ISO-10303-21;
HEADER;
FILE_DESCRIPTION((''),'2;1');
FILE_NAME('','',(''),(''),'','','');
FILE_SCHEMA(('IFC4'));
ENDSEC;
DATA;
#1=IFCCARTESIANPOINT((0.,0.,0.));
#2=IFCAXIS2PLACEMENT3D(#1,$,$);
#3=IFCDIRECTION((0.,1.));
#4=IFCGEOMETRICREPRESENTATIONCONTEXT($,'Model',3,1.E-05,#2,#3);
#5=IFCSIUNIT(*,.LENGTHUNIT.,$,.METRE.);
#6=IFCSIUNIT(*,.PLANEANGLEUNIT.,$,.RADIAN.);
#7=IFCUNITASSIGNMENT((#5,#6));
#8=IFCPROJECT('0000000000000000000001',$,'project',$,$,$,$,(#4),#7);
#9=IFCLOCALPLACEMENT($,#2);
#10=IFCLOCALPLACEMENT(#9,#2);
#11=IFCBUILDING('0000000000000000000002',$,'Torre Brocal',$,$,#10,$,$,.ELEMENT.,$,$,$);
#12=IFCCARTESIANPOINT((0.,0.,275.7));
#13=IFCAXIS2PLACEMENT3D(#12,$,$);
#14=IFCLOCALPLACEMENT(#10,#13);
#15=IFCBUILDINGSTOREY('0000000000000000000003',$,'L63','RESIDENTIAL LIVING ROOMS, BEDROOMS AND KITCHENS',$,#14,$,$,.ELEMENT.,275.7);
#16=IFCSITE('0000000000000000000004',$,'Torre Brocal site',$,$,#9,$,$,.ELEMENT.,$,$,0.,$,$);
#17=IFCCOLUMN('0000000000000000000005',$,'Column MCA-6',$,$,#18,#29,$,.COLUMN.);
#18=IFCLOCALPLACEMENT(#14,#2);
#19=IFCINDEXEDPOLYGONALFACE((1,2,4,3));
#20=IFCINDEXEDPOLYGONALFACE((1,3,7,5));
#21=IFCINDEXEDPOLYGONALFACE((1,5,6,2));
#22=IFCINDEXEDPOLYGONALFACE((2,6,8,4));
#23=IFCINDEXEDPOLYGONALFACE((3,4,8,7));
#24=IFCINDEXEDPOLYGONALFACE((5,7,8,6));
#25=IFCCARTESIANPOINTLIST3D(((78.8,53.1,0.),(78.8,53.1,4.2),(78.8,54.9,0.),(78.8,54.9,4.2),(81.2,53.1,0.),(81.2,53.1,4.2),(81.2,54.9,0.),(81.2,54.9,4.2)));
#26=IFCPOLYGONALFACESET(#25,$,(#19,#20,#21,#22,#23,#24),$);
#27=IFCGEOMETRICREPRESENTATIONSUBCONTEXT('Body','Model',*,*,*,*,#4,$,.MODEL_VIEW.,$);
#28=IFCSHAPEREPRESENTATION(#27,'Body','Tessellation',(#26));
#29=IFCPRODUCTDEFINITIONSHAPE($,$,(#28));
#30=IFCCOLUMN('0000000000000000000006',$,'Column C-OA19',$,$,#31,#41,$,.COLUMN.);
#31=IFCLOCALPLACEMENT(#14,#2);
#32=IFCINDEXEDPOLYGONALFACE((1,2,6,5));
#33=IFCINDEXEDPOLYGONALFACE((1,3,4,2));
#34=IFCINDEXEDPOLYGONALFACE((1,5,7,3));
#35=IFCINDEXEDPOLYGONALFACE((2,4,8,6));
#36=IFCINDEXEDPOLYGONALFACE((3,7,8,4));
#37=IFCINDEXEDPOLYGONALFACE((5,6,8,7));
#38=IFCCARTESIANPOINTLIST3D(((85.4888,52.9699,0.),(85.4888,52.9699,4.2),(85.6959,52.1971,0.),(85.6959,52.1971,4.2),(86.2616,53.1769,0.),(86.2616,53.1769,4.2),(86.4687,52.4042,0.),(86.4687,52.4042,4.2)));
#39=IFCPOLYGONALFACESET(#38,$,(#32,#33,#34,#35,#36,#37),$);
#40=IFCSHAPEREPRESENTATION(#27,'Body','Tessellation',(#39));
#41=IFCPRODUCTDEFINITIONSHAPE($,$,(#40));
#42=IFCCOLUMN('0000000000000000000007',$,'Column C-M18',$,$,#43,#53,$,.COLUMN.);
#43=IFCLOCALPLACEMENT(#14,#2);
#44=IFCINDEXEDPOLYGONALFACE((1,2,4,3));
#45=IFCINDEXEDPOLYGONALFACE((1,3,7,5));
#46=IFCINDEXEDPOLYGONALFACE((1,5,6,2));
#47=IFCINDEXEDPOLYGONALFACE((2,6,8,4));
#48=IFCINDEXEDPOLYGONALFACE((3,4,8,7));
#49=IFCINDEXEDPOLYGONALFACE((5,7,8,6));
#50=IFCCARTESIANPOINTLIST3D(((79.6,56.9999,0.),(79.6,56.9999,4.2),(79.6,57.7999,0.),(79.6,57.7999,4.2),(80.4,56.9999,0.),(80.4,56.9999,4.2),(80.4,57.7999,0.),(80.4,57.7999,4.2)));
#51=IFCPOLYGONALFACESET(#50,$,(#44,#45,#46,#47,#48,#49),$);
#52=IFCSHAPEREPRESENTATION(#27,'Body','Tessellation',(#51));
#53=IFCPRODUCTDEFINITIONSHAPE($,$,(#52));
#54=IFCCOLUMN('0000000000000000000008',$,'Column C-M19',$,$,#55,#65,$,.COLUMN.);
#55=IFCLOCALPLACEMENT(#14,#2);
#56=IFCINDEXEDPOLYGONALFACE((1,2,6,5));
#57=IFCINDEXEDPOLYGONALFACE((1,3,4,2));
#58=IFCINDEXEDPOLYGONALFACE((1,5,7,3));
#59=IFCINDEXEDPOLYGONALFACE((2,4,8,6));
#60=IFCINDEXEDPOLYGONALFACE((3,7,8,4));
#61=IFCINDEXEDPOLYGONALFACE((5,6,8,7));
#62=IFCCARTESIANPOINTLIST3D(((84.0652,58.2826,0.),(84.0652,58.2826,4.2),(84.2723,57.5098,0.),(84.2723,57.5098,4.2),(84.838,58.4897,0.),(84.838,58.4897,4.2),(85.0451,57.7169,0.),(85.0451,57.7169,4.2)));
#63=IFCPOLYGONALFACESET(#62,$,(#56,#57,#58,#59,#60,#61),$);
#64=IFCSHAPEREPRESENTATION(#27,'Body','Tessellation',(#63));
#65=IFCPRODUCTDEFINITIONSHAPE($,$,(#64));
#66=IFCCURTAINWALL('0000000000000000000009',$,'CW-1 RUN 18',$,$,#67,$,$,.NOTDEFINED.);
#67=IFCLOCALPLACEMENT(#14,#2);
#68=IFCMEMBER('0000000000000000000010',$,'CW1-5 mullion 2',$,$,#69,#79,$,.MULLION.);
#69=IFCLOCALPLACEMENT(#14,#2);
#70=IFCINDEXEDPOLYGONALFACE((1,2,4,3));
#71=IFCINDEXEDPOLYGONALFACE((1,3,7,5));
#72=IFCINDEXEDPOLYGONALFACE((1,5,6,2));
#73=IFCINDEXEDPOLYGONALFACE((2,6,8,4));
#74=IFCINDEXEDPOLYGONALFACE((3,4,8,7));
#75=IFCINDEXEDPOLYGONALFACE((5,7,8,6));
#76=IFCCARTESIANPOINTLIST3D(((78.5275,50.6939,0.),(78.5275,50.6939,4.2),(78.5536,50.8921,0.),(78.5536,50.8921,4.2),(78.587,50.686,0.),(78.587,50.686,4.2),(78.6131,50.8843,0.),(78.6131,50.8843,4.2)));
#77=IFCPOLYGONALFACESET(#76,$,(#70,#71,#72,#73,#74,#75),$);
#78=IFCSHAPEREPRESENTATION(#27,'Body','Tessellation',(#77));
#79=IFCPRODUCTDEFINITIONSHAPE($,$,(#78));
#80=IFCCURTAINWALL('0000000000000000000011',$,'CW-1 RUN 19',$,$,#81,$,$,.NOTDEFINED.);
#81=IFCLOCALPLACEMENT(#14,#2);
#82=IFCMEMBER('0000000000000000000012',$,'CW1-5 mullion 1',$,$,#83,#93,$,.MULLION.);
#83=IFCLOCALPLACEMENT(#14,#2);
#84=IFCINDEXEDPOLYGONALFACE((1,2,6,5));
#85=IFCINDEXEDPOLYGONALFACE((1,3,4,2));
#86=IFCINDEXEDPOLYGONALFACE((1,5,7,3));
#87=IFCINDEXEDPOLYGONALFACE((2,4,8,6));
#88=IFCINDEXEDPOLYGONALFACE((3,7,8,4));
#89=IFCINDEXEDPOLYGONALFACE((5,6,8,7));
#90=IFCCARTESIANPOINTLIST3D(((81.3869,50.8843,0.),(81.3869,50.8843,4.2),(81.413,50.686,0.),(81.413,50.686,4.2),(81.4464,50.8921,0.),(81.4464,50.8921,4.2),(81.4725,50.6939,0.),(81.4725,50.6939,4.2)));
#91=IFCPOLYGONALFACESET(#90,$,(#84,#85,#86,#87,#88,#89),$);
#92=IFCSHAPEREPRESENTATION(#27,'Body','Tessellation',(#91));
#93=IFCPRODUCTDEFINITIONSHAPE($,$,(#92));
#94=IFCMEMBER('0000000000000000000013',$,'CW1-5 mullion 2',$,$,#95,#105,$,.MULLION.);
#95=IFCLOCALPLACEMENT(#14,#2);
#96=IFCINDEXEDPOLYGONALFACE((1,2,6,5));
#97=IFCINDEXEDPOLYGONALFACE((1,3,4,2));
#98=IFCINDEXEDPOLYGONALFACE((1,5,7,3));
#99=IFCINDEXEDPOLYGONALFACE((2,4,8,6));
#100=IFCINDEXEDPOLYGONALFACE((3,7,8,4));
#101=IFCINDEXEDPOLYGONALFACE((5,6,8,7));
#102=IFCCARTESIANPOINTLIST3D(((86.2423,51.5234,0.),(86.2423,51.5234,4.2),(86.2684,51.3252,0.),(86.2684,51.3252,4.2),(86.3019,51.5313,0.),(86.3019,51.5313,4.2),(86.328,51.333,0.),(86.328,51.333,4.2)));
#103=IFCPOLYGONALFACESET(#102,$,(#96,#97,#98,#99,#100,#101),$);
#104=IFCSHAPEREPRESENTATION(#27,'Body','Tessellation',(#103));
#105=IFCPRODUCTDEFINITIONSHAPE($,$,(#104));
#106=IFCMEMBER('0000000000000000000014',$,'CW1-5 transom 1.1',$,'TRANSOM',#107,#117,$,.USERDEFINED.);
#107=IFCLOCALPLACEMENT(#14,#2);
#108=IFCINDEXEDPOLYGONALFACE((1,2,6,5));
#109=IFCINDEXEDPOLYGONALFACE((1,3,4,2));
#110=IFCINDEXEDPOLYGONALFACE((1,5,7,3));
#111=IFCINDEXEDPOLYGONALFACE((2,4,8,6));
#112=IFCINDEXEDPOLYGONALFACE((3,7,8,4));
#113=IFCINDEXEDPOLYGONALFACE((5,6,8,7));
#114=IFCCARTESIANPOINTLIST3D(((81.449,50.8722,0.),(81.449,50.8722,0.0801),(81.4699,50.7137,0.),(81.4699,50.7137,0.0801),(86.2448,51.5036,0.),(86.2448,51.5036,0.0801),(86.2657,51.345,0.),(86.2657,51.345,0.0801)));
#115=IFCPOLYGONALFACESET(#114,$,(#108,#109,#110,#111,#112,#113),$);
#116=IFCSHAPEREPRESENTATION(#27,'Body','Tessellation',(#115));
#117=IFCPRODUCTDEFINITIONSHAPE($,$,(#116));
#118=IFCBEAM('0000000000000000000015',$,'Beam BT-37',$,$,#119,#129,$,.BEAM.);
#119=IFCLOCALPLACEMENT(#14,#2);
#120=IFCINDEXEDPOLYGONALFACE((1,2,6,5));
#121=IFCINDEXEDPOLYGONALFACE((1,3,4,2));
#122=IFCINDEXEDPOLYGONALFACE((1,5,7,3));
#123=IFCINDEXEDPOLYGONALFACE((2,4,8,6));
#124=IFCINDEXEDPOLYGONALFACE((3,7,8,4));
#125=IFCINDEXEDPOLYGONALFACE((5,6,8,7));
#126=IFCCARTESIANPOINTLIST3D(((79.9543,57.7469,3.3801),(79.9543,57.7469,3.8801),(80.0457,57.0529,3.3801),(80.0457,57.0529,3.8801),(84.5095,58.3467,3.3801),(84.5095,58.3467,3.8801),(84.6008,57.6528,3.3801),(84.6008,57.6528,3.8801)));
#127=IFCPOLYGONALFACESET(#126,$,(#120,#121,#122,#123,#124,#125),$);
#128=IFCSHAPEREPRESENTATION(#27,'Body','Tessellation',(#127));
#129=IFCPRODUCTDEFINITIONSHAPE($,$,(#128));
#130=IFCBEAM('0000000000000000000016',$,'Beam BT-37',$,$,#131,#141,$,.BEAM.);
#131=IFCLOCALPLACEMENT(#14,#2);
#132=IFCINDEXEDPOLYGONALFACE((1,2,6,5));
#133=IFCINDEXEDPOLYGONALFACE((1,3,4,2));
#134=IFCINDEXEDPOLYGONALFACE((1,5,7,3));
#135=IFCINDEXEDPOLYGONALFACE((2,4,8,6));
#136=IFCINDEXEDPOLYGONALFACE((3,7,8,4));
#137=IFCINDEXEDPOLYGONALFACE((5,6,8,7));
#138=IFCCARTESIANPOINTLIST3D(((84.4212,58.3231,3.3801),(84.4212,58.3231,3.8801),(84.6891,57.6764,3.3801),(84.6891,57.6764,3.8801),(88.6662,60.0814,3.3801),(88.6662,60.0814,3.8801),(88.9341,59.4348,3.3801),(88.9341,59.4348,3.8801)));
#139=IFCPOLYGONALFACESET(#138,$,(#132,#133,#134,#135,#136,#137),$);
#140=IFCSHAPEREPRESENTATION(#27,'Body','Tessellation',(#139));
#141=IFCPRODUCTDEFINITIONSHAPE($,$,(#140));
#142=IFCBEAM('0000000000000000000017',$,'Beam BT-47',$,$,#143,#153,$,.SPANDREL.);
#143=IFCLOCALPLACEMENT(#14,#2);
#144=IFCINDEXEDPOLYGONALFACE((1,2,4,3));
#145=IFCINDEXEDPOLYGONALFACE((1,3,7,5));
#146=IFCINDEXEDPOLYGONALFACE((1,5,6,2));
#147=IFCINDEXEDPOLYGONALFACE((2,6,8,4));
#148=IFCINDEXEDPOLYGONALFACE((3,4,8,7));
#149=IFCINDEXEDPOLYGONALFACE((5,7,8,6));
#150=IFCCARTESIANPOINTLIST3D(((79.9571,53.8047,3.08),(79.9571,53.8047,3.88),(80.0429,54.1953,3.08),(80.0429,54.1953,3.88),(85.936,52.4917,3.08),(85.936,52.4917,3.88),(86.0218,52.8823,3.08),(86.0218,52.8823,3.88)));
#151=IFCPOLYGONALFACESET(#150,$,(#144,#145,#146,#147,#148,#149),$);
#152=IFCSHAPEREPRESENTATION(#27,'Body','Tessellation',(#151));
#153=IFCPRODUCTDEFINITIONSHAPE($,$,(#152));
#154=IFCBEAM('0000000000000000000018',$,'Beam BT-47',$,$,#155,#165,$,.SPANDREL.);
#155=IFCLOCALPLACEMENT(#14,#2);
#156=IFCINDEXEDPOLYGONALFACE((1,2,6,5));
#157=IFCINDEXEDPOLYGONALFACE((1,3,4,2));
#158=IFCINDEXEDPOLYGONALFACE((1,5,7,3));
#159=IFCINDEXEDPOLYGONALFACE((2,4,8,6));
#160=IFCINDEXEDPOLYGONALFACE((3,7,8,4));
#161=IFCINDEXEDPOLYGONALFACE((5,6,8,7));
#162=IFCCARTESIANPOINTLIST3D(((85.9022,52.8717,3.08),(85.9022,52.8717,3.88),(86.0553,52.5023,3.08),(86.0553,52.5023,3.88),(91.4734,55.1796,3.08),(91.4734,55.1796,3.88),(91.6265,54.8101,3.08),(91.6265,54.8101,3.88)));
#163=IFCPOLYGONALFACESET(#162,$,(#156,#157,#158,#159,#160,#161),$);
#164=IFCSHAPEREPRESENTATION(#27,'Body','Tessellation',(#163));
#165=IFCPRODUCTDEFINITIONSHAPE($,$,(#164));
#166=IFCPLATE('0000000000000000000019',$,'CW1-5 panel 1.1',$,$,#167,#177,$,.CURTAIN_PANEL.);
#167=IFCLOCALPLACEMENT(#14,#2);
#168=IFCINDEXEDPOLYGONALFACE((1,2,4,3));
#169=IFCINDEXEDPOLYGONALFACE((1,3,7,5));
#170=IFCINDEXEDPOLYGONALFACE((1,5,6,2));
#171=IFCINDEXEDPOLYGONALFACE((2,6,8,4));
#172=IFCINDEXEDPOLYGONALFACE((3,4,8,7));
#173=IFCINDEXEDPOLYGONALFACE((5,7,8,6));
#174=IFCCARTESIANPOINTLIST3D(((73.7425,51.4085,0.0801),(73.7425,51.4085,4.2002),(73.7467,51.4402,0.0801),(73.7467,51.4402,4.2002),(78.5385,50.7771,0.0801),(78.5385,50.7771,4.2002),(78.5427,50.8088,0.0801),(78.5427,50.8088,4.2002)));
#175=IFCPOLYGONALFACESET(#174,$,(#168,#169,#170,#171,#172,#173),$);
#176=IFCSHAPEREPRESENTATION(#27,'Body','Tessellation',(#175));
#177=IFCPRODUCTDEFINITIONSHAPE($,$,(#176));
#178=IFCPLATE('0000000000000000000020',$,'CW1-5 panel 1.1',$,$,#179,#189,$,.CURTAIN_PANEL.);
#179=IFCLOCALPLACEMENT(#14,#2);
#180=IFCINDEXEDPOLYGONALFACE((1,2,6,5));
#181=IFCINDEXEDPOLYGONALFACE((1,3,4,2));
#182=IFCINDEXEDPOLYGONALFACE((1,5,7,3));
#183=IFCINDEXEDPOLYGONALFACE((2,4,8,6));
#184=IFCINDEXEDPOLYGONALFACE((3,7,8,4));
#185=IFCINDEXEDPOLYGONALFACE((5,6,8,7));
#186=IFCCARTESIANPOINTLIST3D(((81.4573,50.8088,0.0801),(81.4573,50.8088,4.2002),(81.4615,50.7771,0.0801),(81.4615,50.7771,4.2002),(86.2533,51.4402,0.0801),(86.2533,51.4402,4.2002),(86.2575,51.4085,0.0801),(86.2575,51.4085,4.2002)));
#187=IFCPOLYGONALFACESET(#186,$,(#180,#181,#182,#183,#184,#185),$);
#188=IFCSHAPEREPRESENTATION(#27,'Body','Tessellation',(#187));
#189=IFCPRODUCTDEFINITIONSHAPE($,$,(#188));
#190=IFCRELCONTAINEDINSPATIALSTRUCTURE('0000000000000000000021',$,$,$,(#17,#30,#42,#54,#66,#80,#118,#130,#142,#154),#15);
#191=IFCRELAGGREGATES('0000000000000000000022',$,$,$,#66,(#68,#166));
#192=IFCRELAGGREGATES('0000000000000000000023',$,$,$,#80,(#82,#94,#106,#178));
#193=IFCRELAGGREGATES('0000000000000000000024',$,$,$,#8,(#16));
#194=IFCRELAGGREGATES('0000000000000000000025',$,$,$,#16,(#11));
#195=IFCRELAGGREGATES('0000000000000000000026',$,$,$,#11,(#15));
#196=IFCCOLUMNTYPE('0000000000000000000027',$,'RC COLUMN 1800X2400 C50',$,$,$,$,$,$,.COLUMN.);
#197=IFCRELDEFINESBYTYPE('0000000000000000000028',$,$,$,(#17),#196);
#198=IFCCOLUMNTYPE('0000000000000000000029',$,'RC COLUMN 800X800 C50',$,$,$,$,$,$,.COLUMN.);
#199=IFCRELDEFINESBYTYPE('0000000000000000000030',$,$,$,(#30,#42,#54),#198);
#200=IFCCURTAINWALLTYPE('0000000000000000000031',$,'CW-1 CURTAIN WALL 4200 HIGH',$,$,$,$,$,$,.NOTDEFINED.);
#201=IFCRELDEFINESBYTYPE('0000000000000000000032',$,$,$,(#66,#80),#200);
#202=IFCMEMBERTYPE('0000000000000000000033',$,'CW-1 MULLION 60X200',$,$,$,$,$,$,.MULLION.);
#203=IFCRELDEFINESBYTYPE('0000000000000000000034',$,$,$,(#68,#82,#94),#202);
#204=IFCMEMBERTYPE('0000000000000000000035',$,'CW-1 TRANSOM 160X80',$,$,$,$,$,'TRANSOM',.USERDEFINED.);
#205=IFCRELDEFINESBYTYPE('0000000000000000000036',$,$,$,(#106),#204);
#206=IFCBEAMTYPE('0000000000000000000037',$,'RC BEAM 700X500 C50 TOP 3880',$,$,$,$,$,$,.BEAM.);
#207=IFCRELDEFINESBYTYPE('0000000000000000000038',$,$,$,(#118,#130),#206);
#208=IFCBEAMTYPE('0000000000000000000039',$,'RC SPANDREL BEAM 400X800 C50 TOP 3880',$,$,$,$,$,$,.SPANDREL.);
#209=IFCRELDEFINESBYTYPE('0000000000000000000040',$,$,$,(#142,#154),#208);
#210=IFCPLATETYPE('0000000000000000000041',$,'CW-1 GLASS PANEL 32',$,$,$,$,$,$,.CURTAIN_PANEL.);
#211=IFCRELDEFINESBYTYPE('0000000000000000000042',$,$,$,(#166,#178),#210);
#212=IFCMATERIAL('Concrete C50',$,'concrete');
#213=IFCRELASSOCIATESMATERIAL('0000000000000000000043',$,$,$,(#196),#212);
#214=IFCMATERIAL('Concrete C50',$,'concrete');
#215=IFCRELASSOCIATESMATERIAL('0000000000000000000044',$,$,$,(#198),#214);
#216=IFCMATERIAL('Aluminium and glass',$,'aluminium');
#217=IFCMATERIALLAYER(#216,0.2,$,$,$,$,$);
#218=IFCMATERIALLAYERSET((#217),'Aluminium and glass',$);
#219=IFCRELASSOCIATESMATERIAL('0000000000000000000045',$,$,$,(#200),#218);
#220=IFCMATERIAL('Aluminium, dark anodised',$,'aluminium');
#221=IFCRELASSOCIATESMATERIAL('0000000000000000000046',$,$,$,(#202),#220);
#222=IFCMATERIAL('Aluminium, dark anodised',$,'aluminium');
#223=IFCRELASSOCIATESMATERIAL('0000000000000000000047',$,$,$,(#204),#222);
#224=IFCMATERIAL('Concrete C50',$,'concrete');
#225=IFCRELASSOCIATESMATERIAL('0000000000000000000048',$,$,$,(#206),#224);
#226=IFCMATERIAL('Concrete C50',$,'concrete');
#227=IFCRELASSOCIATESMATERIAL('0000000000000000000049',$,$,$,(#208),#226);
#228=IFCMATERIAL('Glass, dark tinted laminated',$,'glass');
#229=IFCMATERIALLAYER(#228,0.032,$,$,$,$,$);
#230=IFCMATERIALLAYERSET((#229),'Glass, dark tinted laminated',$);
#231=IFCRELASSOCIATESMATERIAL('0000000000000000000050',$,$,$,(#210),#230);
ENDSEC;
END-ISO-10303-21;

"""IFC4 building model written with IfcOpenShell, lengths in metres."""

from ifc_helpers import new_model, si_unit, direction, frame, origin, origin_2d, place, context, subcontext, project, spatial, rectangle, extrude, material, layer, layer_set, material_profile, profile_set, type_object, element, aggregate, save


model = new_model("IFC4")

# Units and contexts
model_context = context("Model", 3, precision=1e-05, world=origin(), true_north=direction((0.0, 1.0)))
body_context = subcontext(model_context, "Body", "Model", "MODEL_VIEW")
ifc_project = project(units=[si_unit("LENGTHUNIT", "METRE"), si_unit("PLANEANGLEUNIT", "RADIAN")], contexts=[model_context])

# Site, building, storey
site_placement = place(None, origin())
site = spatial("IfcSite", under=ifc_project, at=site_placement, Name="Torre Brocal site", CompositionType="ELEMENT", RefElevation=0.0)
building_placement = place(site_placement, origin())
building = spatial("IfcBuilding", under=site, at=building_placement, Name="Torre Brocal", CompositionType="ELEMENT")
storey_placement = place(building_placement, frame((0.0, 0.0, 275.7)))
storey = spatial("IfcBuildingStorey", under=building, at=storey_placement, Name="L63", Description="RESIDENTIAL LIVING ROOMS, BEDROOMS AND KITCHENS", CompositionType="ELEMENT", Elevation=275.7)

# Columns
ifc_material_1 = material(Name="Concrete C50", Category="concrete")
ifc_material_profile_1 = material_profile(ifc_material_1, rectangle(XDim=1.8, YDim=2.3999, at=origin_2d()), Name="RC 1800X2400")
ifc_profile_set_1 = profile_set([ifc_material_profile_1], Name="Concrete C50")
column_type_1 = type_object("IfcColumnType", Name="RC COLUMN 1800X2400 C50", PredefinedType="COLUMN", material=ifc_profile_set_1)
column_placement = place(storey_placement, frame((80.0, 54.0, 0.0), z_axis=(0.0, 0.0, 1.0), x_axis=(0.0, -1.0, 0.0)))
element("IfcColumn", 1, at=column_placement, inside=storey, type_object=column_type_1, Name="Column MCA-6", PredefinedType="COLUMN", context=body_context, shape_type="SweptSolid", body=[
    extrude(rectangle(XDim=1.8, YDim=2.3999, at=origin_2d()), origin(), (0.0, 0.0, 1.0), 4.2),
])
ifc_material_2 = material(Name="Concrete C50", Category="concrete")
ifc_material_profile_2 = material_profile(ifc_material_2, rectangle(XDim=0.8, YDim=0.8, at=origin_2d()), Name="RC 800X800")
ifc_profile_set_2 = profile_set([ifc_material_profile_2], Name="Concrete C50")
column_type_2 = type_object("IfcColumnType", Name="RC COLUMN 800X800 C50", PredefinedType="COLUMN", material=ifc_profile_set_2)
for number, where, z_axis, x_axis, name in (
    (2, (85.9788, 52.687, 0.0), (0.0, 0.0, 1.0), (0.258819, -0.965926, 0.0), "Column C-OA19"),
    (3, (80.0, 57.3999, 0.0), (0.0, 0.0, 1.0), (0.0, -1.0, 0.0), "Column C-M18"),
    (4, (84.5552, 57.9998, 0.0), (0.0, 0.0, 1.0), (0.258819, -0.965926, 0.0), "Column C-M19"),
):
    element("IfcColumn", number, at=place(storey_placement, frame(where, z_axis=z_axis, x_axis=x_axis)), inside=storey, type_object=column_type_2, Name=name, PredefinedType="COLUMN", context=body_context, shape_type="SweptSolid", body=[
        extrude(rectangle(XDim=0.8, YDim=0.8, at=origin_2d()), origin(), (0.0, 0.0, 1.0), 4.2),
    ])

# Curtain wall, member
ifc_material_3 = material(Name="Aluminium and glass", Category="aluminium")
ifc_layer_1 = layer(ifc_material_3, 0.2)
ifc_layer_set_1 = layer_set([ifc_layer_1], Name="Aluminium and glass")
curtain_wall_type = type_object("IfcCurtainWallType", Name="CW-1 CURTAIN WALL 4200 HIGH", PredefinedType="NOTDEFINED", material=ifc_layer_set_1)
curtain_wall_1_placement = place(storey_placement, origin())
curtain_wall_1 = element("IfcCurtainWall", 5, at=curtain_wall_1_placement, inside=storey, type_object=curtain_wall_type, Name="CW-1 RUN 18", PredefinedType="NOTDEFINED")
ifc_material_4 = material(Name="Aluminium, dark anodised", Category="aluminium")
ifc_material_profile_3 = material_profile(ifc_material_4, rectangle(XDim=0.2, YDim=0.0601, at=origin_2d()), Name="CW-1 MULLION 60X200")
ifc_profile_set_3 = profile_set([ifc_material_profile_3], Name="Aluminium, dark anodised")
member_type_1 = type_object("IfcMemberType", Name="CW-1 MULLION 60X200", PredefinedType="MULLION", material=ifc_profile_set_3)
member_1_placement = place(storey_placement, frame((78.5703, 50.7891, 0.0), z_axis=(0.0, 0.0, 1.0), x_axis=(0.130526, 0.991445, 0.0)))
member_1 = element("IfcMember", 6, at=member_1_placement, type_object=member_type_1, Name="CW1-5 mullion 2", PredefinedType="MULLION", context=body_context, shape_type="SweptSolid", body=[
    extrude(rectangle(XDim=0.2, YDim=0.0601, at=origin_2d()), origin(), (0.0, 0.0, 1.0), 4.2),
])

# Curtain wall, members
curtain_wall_2_placement = place(storey_placement, origin())
curtain_wall_2 = element("IfcCurtainWall", 7, at=curtain_wall_2_placement, inside=storey, type_object=curtain_wall_type, Name="CW-1 RUN 19", PredefinedType="NOTDEFINED")
member_2_placement = place(storey_placement, frame((81.4297, 50.7891, 0.0), z_axis=(0.0, 0.0, 1.0), x_axis=(-0.130526, 0.991445, 0.0)))
member_2 = element("IfcMember", 8, at=member_2_placement, type_object=member_type_1, Name="CW1-5 mullion 1", PredefinedType="MULLION", context=body_context, shape_type="SweptSolid", body=[
    extrude(rectangle(XDim=0.2, YDim=0.0601, at=origin_2d()), origin(), (0.0, 0.0, 1.0), 4.2),
])
member_3_placement = place(storey_placement, frame((86.2852, 51.4282, 0.0), z_axis=(0.0, 0.0, 1.0), x_axis=(-0.130526, 0.991445, 0.0)))
member_3 = element("IfcMember", 9, at=member_3_placement, type_object=member_type_1, Name="CW1-5 mullion 2", PredefinedType="MULLION", context=body_context, shape_type="SweptSolid", body=[
    extrude(rectangle(XDim=0.2, YDim=0.0601, at=origin_2d()), origin(), (0.0, 0.0, 1.0), 4.2),
])
ifc_material_5 = material(Name="Aluminium, dark anodised", Category="aluminium")
ifc_material_profile_4 = material_profile(ifc_material_5, rectangle(XDim=0.1599, YDim=0.0801, at=origin_2d()), Name="CW-1 TRANSOM 160X80")
ifc_profile_set_4 = profile_set([ifc_material_profile_4], Name="Aluminium, dark anodised")
member_type_2 = type_object("IfcMemberType", Name="CW-1 TRANSOM 160X80", ElementType="TRANSOM", PredefinedType="USERDEFINED", material=ifc_profile_set_4)
member_4_placement = place(storey_placement, frame((81.4595, 50.793, 0.04), z_axis=(0.991446, 0.130517, 0.0), x_axis=(-0.130517, 0.991446, 0.0)))
member_4 = element("IfcMember", 10, at=member_4_placement, type_object=member_type_2, Name="CW1-5 transom 1.1", ObjectType="TRANSOM", PredefinedType="USERDEFINED", context=body_context, shape_type="SweptSolid", body=[
    extrude(rectangle(XDim=0.1599, YDim=0.0801, at=origin_2d()), origin(), (0.0, 0.0, 1.0), 4.8372),
])

# Beams
ifc_material_6 = material(Name="Concrete C50", Category="concrete")
ifc_material_profile_5 = material_profile(ifc_material_6, rectangle(XDim=0.7, YDim=0.5, at=origin_2d()), Name="RC 700X500")
ifc_profile_set_5 = profile_set([ifc_material_profile_5], Name="Concrete C50")
beam_type_1 = type_object("IfcBeamType", Name="RC BEAM 700X500 C50 TOP 3880", PredefinedType="BEAM", material=ifc_profile_set_5)
beam_1_placement = place(storey_placement, frame((80.0, 57.3999, 3.6301), z_axis=(0.991441, 0.130559, 0.0), x_axis=(-0.130559, 0.991441, 0.0)))
element("IfcBeam", 11, at=beam_1_placement, inside=storey, type_object=beam_type_1, Name="Beam BT-37", PredefinedType="BEAM", context=body_context, shape_type="SweptSolid", body=[
    extrude(rectangle(XDim=0.7, YDim=0.5, at=origin_2d()), origin(), (0.0, 0.0, 1.0), 4.5945),
])
beam_2_placement = place(storey_placement, frame((84.5552, 57.9998, 3.6301), z_axis=(0.923878, 0.382687, 0.0), x_axis=(-0.382687, 0.923878, 0.0)))
element("IfcBeam", 12, at=beam_2_placement, inside=storey, type_object=beam_type_1, Name="Beam BT-37", PredefinedType="BEAM", context=body_context, shape_type="SweptSolid", body=[
    extrude(rectangle(XDim=0.7, YDim=0.5, at=origin_2d()), origin(), (0.0, 0.0, 1.0), 4.5947),
])
ifc_material_7 = material(Name="Concrete C50", Category="concrete")
ifc_material_profile_6 = material_profile(ifc_material_7, rectangle(XDim=0.3999, YDim=0.8, at=origin_2d()), Name="RC 400X800")
ifc_profile_set_6 = profile_set([ifc_material_profile_6], Name="Concrete C50")
beam_type_2 = type_object("IfcBeamType", Name="RC SPANDREL BEAM 400X800 C50 TOP 3880", PredefinedType="SPANDREL", material=ifc_profile_set_6)
beam_3_placement = place(storey_placement, frame((80.0, 54.0, 3.48), z_axis=(0.976725, -0.214497, 0.0), x_axis=(0.214497, 0.976725, 0.0)))
element("IfcBeam", 13, at=beam_3_placement, inside=storey, type_object=beam_type_2, Name="Beam BT-47", PredefinedType="SPANDREL", context=body_context, shape_type="SweptSolid", body=[
    extrude(rectangle(XDim=0.3999, YDim=0.8, at=origin_2d()), origin(), (0.0, 0.0, 1.0), 6.1213),
])
beam_4_placement = place(storey_placement, frame((85.9788, 52.687, 3.48), z_axis=(0.92387, 0.382706, 0.0), x_axis=(-0.382706, 0.92387, 0.0)))
element("IfcBeam", 14, at=beam_4_placement, inside=storey, type_object=beam_type_2, Name="Beam BT-47", PredefinedType="SPANDREL", context=body_context, shape_type="SweptSolid", body=[
    extrude(rectangle(XDim=0.3999, YDim=0.8, at=origin_2d()), origin(), (0.0, 0.0, 1.0), 6.0303),
])

# Plates
ifc_material_8 = material(Name="Glass, dark tinted laminated", Category="glass")
ifc_layer_2 = layer(ifc_material_8, 0.032)
ifc_layer_set_2 = layer_set([ifc_layer_2], Name="Glass, dark tinted laminated")
plate_type = type_object("IfcPlateType", Name="CW-1 GLASS PANEL 32", PredefinedType="CURTAIN_PANEL", material=ifc_layer_set_2)
plate_1_placement = place(storey_placement, frame((76.1426, 51.1086, 0.0801), z_axis=(0.0, 0.0, 1.0), x_axis=(0.991445, -0.130526, 0.0)))
plate_1 = element("IfcPlate", 15, at=plate_1_placement, type_object=plate_type, Name="CW1-5 panel 1.1", PredefinedType="CURTAIN_PANEL", context=body_context, shape_type="SweptSolid", body=[
    extrude(rectangle(XDim=4.8374, YDim=0.032, at=origin_2d()), origin(), (0.0, 0.0, 1.0), 4.1201),
])
aggregate(curtain_wall_1, [member_1, plate_1])
plate_2_placement = place(storey_placement, frame((83.8574, 51.1086, 0.0801), z_axis=(0.0, 0.0, 1.0), x_axis=(0.991445, 0.130526, 0.0)))
plate_2 = element("IfcPlate", 16, at=plate_2_placement, type_object=plate_type, Name="CW1-5 panel 1.1", PredefinedType="CURTAIN_PANEL", context=body_context, shape_type="SweptSolid", body=[
    extrude(rectangle(XDim=4.8374, YDim=0.032, at=origin_2d()), origin(), (0.0, 0.0, 1.0), 4.1201),
])
aggregate(curtain_wall_2, [member_2, member_3, member_4, plate_2])

save(model, "model.ifc")
